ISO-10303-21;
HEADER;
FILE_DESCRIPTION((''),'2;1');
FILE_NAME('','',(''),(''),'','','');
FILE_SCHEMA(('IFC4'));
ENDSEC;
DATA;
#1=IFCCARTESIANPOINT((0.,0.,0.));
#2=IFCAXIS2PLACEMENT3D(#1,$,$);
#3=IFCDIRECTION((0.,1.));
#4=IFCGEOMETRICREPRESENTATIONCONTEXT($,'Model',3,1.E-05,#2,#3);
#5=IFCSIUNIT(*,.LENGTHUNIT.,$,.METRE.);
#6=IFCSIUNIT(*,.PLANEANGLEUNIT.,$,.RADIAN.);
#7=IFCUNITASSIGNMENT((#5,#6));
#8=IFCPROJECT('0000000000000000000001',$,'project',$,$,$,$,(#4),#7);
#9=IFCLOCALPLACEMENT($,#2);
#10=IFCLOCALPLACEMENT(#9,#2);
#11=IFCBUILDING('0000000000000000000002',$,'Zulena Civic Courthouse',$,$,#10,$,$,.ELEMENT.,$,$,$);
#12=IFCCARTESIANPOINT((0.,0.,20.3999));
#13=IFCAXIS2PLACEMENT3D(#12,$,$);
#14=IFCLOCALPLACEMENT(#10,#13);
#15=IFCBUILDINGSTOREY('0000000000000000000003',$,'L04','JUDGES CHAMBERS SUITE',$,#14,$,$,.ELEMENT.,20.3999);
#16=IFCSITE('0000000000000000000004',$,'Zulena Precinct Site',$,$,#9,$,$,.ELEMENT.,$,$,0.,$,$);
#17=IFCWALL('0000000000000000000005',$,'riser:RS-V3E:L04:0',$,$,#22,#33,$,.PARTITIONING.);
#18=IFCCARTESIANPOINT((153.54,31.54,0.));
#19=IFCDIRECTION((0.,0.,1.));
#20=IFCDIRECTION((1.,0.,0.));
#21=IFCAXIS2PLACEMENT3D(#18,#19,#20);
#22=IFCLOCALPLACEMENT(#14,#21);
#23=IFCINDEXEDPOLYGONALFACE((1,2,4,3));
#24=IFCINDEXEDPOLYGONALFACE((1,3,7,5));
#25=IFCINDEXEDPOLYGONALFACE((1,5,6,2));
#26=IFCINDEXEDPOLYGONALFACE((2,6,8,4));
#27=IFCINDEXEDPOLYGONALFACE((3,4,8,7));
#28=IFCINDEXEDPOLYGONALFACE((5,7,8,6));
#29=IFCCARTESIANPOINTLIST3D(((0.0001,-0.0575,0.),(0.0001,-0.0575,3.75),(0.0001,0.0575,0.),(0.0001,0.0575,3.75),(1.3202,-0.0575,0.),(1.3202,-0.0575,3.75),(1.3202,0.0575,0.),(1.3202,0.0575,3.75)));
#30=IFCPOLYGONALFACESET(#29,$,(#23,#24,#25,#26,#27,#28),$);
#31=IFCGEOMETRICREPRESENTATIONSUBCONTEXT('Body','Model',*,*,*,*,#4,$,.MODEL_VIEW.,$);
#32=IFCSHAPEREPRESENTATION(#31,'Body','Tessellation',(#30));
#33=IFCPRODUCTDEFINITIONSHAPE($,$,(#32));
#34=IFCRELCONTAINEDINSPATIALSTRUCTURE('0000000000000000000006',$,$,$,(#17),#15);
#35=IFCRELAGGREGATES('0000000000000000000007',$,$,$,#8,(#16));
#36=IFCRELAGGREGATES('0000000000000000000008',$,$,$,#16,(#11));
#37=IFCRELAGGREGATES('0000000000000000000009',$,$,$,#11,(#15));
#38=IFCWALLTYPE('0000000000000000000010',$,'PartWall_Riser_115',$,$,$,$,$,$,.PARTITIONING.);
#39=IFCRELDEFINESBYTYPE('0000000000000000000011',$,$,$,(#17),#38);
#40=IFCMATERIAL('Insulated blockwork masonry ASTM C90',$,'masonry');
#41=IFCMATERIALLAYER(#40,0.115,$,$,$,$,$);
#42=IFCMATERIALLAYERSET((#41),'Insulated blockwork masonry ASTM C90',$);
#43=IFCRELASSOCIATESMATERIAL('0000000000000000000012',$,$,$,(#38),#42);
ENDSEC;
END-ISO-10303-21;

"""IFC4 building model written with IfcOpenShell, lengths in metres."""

from ifc_helpers import new_model, si_unit, direction, frame, frame_2d, origin, place, context, subcontext, project, spatial, rectangle, extrude, material, layer, layer_set, type_object, element, save


model = new_model("IFC4")

# Units and contexts
model_context = context("Model", 3, precision=1e-05, world=origin(), true_north=direction((0.0, 1.0)))
body_context = subcontext(model_context, "Body", "Model", "MODEL_VIEW")
ifc_project = project(units=[si_unit("LENGTHUNIT", "METRE"), si_unit("PLANEANGLEUNIT", "RADIAN")], contexts=[model_context])

# Site, building, storey
site_placement = place(None, origin())
site = spatial("IfcSite", under=ifc_project, at=site_placement, Name="Zulena Precinct Site", CompositionType="ELEMENT", RefElevation=0.0)
building_placement = place(site_placement, origin())
building = spatial("IfcBuilding", under=site, at=building_placement, Name="Zulena Civic Courthouse", CompositionType="ELEMENT")
storey_placement = place(building_placement, frame((0.0, 0.0, 20.3999)))
storey = spatial("IfcBuildingStorey", under=building, at=storey_placement, Name="L04", Description="JUDGES CHAMBERS SUITE", CompositionType="ELEMENT", Elevation=20.3999)

# Wall
ifc_material_1 = material(Name="Insulated blockwork masonry ASTM C90", Category="masonry")
ifc_layer_1 = layer(ifc_material_1, 0.115)
ifc_layer_set_1 = layer_set([ifc_layer_1], Name="Insulated blockwork masonry ASTM C90")
wall_type_1 = type_object("IfcWallType", Name="PartWall_Riser_115", PredefinedType="PARTITIONING", material=ifc_layer_set_1)
for number, where, z_axis, x_axis, name in (
    (1, (153.54, 31.54, 0.0), (0.0, 0.0, 1.0), (1.0, 0.0, 0.0), "riser:RS-V3E:L04:0"),
):
    element("IfcWall", number, at=place(storey_placement, frame(where, z_axis=z_axis, x_axis=x_axis)), inside=storey, type_object=wall_type_1, Name=name, PredefinedType="PARTITIONING", context=body_context, shape_type="SweptSolid", body=[
        extrude(rectangle(XDim=1.3201, YDim=0.115, at=frame_2d((0.6602, 0.0))), origin(), (0.0, 0.0, 1.0), 3.75),
    ])

save(model, "model.ifc")
